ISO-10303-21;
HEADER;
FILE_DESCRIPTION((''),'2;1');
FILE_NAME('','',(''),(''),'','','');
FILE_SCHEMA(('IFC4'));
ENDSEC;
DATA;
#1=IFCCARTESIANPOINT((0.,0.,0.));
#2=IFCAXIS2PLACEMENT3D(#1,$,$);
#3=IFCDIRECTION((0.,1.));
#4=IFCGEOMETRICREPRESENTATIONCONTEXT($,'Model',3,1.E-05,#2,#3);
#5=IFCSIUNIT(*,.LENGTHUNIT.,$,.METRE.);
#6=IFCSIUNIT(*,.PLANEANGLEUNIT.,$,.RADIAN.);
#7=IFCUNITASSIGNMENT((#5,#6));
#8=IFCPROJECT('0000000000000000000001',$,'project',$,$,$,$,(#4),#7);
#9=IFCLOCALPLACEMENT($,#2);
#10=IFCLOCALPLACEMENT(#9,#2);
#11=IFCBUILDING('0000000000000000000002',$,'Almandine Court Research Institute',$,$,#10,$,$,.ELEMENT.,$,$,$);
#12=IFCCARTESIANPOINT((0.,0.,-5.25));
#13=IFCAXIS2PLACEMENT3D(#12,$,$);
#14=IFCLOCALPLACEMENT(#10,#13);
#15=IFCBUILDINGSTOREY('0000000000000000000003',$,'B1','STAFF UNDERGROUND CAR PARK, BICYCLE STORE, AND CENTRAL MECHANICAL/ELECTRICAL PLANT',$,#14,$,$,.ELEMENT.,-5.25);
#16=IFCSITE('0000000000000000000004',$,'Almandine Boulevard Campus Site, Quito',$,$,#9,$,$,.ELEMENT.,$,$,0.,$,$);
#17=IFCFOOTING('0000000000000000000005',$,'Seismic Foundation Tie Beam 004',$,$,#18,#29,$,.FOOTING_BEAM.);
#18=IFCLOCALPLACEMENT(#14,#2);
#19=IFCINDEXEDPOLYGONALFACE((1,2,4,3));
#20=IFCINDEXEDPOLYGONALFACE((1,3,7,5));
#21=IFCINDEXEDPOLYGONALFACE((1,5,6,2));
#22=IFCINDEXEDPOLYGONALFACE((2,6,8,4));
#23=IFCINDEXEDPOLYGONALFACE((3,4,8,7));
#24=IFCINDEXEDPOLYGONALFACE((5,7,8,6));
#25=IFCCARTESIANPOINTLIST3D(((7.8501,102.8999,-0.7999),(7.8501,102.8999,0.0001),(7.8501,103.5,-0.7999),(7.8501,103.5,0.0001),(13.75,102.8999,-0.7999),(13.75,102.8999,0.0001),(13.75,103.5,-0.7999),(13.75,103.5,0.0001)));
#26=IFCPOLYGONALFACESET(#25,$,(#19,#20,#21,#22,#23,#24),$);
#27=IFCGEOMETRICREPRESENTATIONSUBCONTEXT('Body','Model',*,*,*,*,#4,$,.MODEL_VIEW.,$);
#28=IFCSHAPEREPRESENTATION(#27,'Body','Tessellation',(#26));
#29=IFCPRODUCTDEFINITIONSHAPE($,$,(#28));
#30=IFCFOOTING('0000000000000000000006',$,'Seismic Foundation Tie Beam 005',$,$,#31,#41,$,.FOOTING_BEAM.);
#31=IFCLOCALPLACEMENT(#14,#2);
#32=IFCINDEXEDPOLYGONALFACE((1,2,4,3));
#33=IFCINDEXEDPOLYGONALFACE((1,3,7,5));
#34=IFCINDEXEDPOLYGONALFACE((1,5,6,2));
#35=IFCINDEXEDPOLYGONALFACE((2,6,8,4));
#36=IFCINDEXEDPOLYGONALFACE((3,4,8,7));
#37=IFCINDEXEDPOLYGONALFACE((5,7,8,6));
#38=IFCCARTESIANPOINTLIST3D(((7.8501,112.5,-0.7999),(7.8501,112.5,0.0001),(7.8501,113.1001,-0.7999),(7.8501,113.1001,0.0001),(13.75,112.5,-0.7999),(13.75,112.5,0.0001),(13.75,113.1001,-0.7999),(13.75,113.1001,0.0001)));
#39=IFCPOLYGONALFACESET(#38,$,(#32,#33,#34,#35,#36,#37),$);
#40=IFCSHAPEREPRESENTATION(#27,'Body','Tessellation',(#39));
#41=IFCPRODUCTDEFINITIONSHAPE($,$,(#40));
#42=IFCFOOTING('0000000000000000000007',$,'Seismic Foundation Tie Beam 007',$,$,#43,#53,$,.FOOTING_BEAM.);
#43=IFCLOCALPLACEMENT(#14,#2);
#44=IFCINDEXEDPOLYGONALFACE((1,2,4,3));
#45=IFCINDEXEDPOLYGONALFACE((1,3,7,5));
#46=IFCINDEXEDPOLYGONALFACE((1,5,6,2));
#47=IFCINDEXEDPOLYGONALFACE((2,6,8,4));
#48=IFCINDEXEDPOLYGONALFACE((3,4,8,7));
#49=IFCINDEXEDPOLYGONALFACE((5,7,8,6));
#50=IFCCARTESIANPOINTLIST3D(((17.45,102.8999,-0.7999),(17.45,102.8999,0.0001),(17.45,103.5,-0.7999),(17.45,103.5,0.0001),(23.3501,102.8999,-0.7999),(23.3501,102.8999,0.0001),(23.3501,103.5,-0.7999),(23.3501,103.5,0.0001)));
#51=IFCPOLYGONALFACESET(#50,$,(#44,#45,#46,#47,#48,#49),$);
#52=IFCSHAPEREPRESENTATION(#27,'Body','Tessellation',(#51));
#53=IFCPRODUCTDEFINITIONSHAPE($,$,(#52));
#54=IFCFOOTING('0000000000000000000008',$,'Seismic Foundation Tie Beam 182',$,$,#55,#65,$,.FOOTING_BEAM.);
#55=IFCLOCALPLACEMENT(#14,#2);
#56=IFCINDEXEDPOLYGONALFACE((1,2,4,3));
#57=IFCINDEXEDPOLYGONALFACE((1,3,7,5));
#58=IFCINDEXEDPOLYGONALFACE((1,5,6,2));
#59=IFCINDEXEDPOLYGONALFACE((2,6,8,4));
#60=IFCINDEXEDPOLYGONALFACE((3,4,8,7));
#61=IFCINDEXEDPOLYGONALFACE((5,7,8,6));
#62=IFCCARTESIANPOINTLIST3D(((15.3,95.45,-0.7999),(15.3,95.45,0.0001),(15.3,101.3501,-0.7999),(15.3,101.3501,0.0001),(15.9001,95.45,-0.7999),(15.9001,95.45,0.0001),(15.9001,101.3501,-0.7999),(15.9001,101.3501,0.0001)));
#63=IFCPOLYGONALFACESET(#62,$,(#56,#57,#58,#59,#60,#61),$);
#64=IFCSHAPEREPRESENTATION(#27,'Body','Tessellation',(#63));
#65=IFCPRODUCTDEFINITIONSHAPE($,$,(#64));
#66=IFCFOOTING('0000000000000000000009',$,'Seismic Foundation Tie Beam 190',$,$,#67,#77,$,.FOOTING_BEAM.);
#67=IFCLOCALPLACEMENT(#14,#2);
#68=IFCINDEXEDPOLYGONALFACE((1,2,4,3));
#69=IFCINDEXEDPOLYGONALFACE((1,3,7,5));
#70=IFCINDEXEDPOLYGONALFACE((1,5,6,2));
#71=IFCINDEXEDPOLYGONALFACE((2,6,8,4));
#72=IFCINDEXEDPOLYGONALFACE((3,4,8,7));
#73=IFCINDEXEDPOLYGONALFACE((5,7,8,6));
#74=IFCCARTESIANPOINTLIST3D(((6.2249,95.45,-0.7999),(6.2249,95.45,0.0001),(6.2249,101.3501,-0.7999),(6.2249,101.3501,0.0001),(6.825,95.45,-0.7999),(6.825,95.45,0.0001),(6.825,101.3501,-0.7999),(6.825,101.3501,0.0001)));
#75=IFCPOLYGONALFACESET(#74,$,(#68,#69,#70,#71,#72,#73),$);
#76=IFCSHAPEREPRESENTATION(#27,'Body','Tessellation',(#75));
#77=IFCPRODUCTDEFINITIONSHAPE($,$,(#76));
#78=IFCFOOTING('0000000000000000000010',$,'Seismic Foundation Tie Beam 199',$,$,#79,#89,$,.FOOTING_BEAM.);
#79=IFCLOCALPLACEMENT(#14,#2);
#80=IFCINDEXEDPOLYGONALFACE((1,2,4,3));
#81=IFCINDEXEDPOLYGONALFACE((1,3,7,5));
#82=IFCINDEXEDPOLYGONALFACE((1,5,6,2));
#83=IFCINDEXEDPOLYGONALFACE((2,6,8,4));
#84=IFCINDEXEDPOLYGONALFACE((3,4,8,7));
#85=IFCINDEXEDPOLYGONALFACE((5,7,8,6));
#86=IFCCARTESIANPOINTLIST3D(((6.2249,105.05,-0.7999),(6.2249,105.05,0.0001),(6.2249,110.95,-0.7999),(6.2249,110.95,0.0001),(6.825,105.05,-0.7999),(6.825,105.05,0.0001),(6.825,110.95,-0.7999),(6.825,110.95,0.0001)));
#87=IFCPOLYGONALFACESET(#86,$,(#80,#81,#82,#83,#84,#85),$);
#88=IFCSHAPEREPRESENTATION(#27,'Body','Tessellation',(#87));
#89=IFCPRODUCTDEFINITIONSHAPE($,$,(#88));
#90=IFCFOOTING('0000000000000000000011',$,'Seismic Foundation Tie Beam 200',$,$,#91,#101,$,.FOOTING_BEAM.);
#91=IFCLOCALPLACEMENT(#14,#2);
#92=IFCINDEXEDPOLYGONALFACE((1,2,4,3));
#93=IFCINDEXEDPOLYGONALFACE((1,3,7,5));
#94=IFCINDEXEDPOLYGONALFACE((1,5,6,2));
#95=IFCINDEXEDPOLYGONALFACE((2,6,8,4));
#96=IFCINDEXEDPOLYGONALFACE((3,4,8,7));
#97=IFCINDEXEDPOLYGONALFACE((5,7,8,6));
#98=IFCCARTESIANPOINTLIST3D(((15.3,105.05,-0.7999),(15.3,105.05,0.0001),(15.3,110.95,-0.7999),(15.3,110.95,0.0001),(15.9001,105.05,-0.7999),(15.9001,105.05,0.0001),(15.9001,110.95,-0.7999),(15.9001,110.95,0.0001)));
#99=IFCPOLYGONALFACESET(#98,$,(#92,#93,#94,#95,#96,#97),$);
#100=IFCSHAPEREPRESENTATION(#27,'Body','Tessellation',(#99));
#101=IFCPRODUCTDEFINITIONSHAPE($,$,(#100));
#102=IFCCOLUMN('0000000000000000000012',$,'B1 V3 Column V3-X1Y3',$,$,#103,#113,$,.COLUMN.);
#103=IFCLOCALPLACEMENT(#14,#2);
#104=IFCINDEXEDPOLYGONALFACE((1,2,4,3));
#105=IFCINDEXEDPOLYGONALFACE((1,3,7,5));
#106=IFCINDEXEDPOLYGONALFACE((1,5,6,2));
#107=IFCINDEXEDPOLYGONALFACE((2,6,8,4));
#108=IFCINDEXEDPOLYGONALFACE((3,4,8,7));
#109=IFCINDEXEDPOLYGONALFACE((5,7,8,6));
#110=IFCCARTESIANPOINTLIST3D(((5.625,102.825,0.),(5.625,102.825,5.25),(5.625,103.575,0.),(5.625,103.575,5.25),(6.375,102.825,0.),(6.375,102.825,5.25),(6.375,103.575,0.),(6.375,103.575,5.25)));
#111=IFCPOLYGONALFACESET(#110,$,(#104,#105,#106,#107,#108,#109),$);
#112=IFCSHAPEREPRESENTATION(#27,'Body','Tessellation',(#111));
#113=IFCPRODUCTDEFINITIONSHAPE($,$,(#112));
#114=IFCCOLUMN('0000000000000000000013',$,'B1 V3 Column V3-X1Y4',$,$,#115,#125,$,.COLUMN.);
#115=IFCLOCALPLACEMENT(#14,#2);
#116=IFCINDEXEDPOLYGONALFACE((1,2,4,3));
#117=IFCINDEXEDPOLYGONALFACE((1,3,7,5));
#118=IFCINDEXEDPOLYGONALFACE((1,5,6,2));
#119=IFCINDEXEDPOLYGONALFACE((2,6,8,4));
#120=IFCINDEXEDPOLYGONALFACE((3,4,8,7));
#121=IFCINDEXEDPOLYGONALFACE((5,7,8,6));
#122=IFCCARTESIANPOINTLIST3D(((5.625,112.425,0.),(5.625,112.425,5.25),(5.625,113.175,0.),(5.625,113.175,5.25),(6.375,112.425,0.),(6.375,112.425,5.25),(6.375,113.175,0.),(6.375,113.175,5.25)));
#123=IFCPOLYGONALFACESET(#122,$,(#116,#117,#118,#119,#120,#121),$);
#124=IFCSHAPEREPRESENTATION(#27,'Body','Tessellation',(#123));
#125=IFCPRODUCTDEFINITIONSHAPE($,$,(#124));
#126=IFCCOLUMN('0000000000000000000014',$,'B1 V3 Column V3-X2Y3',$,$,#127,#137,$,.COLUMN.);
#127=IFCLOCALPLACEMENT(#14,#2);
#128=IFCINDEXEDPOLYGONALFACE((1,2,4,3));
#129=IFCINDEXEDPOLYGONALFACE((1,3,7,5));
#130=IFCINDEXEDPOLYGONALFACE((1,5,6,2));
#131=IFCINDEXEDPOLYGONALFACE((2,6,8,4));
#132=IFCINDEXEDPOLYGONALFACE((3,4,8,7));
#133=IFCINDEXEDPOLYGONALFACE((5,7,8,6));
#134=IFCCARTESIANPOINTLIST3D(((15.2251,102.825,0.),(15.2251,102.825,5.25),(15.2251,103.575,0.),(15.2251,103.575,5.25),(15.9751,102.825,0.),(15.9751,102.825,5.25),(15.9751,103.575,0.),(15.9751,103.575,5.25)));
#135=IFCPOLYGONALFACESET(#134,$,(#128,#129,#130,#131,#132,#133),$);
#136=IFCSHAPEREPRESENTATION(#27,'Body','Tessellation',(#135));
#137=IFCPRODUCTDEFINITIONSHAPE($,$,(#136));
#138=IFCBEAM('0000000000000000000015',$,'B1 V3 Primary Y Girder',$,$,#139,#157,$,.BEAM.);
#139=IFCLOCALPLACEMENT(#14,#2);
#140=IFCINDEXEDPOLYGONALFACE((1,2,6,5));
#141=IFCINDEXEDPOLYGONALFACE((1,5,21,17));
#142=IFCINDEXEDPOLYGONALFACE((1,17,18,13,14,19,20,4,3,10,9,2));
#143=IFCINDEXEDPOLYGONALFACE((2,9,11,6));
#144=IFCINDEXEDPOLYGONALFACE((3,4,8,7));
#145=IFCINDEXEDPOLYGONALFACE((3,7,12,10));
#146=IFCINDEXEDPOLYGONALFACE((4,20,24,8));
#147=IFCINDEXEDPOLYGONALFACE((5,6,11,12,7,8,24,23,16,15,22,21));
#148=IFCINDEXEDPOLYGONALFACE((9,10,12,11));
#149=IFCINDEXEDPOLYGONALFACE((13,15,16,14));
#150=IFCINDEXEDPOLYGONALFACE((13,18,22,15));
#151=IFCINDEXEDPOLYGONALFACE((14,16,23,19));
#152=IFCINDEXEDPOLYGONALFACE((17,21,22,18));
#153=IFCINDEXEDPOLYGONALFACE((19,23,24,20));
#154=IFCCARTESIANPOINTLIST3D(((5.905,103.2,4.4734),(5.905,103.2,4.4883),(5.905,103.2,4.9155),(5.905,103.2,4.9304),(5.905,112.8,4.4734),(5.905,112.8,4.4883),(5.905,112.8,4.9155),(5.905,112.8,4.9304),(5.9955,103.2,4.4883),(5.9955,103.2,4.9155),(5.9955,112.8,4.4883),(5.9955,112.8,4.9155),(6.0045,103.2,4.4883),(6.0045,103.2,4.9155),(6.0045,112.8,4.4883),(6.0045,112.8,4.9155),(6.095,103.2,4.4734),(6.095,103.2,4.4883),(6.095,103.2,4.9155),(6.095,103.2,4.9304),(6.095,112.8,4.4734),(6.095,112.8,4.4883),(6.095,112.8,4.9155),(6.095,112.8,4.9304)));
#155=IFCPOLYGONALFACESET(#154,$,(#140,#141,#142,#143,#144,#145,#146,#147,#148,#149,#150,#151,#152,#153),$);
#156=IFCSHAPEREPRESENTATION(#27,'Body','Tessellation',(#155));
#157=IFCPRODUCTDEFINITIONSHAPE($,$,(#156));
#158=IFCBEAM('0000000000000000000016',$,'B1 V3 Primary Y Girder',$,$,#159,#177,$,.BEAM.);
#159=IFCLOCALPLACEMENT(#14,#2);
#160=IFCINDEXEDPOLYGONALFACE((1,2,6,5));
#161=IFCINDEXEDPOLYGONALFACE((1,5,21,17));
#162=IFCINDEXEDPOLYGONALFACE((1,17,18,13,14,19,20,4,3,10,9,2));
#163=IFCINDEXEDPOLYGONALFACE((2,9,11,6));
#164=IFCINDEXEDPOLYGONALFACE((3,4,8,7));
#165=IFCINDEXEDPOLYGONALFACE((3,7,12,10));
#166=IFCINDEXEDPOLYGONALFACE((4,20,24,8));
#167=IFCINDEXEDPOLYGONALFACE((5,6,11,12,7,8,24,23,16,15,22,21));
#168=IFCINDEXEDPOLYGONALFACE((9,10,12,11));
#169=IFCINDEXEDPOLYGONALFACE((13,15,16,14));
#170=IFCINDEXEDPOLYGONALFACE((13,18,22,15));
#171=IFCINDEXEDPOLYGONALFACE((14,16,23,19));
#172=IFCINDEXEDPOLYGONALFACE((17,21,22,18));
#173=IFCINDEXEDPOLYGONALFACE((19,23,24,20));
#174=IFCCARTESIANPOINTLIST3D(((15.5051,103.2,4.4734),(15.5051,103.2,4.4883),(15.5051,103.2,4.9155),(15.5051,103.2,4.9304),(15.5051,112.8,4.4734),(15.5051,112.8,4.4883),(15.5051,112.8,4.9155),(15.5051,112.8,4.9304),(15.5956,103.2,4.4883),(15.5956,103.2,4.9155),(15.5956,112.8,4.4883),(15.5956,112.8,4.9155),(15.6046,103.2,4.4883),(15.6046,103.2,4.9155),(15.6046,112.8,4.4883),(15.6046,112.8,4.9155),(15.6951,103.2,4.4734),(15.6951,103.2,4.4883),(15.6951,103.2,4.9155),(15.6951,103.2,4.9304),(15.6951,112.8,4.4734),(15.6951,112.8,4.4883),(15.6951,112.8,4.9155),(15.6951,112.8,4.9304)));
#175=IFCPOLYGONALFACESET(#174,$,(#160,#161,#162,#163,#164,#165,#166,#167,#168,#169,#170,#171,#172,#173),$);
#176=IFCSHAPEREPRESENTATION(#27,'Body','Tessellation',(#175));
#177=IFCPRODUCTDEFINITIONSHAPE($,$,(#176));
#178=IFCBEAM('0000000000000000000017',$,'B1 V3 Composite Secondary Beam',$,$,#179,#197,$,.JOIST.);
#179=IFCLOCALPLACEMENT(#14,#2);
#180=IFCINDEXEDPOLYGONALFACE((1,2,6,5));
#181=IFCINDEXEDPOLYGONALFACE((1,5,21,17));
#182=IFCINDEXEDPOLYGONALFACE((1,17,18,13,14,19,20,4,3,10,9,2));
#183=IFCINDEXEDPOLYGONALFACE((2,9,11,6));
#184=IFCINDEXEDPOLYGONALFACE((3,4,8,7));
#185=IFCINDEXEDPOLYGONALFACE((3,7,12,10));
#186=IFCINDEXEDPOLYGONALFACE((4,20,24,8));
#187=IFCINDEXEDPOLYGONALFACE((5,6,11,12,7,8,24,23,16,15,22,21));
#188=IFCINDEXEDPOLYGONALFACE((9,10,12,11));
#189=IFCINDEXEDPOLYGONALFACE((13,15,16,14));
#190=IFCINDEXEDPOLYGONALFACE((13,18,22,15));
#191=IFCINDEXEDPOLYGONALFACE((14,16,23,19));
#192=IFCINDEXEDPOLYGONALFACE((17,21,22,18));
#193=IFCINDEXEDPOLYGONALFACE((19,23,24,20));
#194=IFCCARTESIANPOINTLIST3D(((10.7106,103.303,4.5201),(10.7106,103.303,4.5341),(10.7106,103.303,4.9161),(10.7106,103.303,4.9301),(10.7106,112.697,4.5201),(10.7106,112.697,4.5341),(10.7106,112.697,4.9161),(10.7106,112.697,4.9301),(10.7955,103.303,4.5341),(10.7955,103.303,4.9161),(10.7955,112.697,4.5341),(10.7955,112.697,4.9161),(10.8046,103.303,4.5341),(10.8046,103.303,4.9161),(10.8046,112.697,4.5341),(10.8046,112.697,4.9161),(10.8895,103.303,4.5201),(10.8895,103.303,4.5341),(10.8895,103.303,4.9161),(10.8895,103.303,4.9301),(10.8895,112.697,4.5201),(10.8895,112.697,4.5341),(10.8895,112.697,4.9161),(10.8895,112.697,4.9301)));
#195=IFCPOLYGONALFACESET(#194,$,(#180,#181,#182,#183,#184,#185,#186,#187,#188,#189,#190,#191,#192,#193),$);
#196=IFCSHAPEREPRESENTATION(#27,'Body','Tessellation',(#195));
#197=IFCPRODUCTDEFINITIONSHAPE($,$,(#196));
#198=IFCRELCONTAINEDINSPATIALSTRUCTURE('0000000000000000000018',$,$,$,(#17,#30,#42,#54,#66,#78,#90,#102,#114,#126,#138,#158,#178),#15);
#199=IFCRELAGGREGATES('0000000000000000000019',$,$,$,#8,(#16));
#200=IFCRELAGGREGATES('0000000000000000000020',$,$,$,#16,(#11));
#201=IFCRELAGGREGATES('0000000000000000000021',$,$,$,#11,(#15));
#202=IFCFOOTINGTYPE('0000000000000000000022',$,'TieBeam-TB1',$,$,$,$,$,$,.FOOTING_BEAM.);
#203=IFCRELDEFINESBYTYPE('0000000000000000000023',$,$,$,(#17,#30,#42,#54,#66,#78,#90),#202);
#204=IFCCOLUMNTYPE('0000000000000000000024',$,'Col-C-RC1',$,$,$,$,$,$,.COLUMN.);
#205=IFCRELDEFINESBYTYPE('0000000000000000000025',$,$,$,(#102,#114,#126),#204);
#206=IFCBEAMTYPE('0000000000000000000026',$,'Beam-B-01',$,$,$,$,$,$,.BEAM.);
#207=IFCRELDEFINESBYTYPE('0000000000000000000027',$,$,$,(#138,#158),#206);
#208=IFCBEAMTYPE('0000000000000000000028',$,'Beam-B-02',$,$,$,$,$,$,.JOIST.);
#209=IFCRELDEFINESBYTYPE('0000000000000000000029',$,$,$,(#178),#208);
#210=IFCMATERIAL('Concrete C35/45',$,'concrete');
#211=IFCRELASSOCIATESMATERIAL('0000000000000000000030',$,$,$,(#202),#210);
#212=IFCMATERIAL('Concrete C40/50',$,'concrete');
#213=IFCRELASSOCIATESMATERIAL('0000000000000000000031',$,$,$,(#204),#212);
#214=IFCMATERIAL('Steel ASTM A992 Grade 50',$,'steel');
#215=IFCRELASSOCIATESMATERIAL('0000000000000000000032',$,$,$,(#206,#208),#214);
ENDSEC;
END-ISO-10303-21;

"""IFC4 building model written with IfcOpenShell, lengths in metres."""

from ifc_helpers import new_model, si_unit, direction, frame, origin, origin_2d, place, context, subcontext, project, spatial, rectangle, i_section, extrude, material, material_profile, profile_set, type_object, element, save


model = new_model("IFC4")

# Units and contexts
model_context = context("Model", 3, precision=1e-05, world=origin(), true_north=direction((0.0, 1.0)))
body_context = subcontext(model_context, "Body", "Model", "MODEL_VIEW")
ifc_project = project(units=[si_unit("LENGTHUNIT", "METRE"), si_unit("PLANEANGLEUNIT", "RADIAN")], contexts=[model_context])

# Site, building, storey
site_placement = place(None, origin())
site = spatial("IfcSite", under=ifc_project, at=site_placement, Name="Almandine Boulevard Campus Site, Quito", CompositionType="ELEMENT", RefElevation=0.0)
building_placement = place(site_placement, origin())
building = spatial("IfcBuilding", under=site, at=building_placement, Name="Almandine Court Research Institute", CompositionType="ELEMENT")
storey_placement = place(building_placement, frame((0.0, 0.0, -5.25)))
storey = spatial("IfcBuildingStorey", under=building, at=storey_placement, Name="B1", Description="STAFF UNDERGROUND CAR PARK, BICYCLE STORE, AND CENTRAL MECHANICAL/ELECTRICAL PLANT", CompositionType="ELEMENT", Elevation=-5.25)

# Shared definitions
ifc_material_1 = material(Name="Concrete C35/45", Category="concrete")

# Footings
ifc_material_profile_1 = material_profile(ifc_material_1, rectangle(XDim=0.6001, YDim=0.8, at=origin_2d()), Name="RC TIE 600x800")
ifc_profile_set_1 = profile_set([ifc_material_profile_1], Name="Concrete C35/45")
footing_type_1 = type_object("IfcFootingType", Name="TieBeam-TB1", PredefinedType="FOOTING_BEAM", material=ifc_profile_set_1)
for number, where, z_axis, x_axis, name in (
    (1, (7.8501, 103.2, -0.3999), (1.0, 0.0, 0.0), (0.0, 1.0, 0.0), "Seismic Foundation Tie Beam 004"),
    (2, (7.8501, 112.8, -0.3999), (1.0, 0.0, 0.0), (0.0, 1.0, 0.0), "Seismic Foundation Tie Beam 005"),
):
    element("IfcFooting", number, at=place(storey_placement, frame(where, z_axis=z_axis, x_axis=x_axis)), inside=storey, type_object=footing_type_1, Name=name, PredefinedType="FOOTING_BEAM", context=body_context, shape_type="SweptSolid", body=[
        extrude(rectangle(XDim=0.6001, YDim=0.8, at=origin_2d()), origin(), (0.0, 0.0, 1.0), 5.8999),
    ])
for number, where, z_axis, x_axis, name in (
    (3, (17.45, 103.2, -0.3999), (1.0, 0.0, 0.0), (0.0, 1.0, 0.0), "Seismic Foundation Tie Beam 007"),
    (4, (15.6001, 95.45, -0.3999), (0.0, 1.0, 0.0), (-1.0, 0.0, 0.0), "Seismic Foundation Tie Beam 182"),
    (5, (6.5249, 95.45, -0.3999), (0.0, 1.0, 0.0), (-1.0, 0.0, 0.0), "Seismic Foundation Tie Beam 190"),
):
    element("IfcFooting", number, at=place(storey_placement, frame(where, z_axis=z_axis, x_axis=x_axis)), inside=storey, type_object=footing_type_1, Name=name, PredefinedType="FOOTING_BEAM", context=body_context, shape_type="SweptSolid", body=[
        extrude(rectangle(XDim=0.6001, YDim=0.8, at=origin_2d()), origin(), (0.0, 0.0, 1.0), 5.9001),
    ])
for number, where, z_axis, x_axis, name in (
    (6, (6.5249, 105.05, -0.3999), (0.0, 1.0, 0.0), (-1.0, 0.0, 0.0), "Seismic Foundation Tie Beam 199"),
    (7, (15.6001, 105.05, -0.3999), (0.0, 1.0, 0.0), (-1.0, 0.0, 0.0), "Seismic Foundation Tie Beam 200"),
):
    element("IfcFooting", number, at=place(storey_placement, frame(where, z_axis=z_axis, x_axis=x_axis)), inside=storey, type_object=footing_type_1, Name=name, PredefinedType="FOOTING_BEAM", context=body_context, shape_type="SweptSolid", body=[
        extrude(rectangle(XDim=0.6001, YDim=0.8, at=origin_2d()), origin(), (0.0, 0.0, 1.0), 5.8999),
    ])

# Columns
ifc_material_2 = material(Name="Concrete C40/50", Category="concrete")
ifc_material_profile_2 = material_profile(ifc_material_2, rectangle(XDim=0.75, YDim=0.75, at=origin_2d()), Name="RC 750x750")
ifc_profile_set_2 = profile_set([ifc_material_profile_2], Name="Concrete C40/50")
column_type = type_object("IfcColumnType", Name="Col-C-RC1", PredefinedType="COLUMN", material=ifc_profile_set_2)
for number, where, z_axis, x_axis, name in (
    (8, (6.0, 103.2, 0.0), (0.0, 0.0, 1.0), (1.0, 0.0, 0.0), "B1 V3 Column V3-X1Y3"),
    (9, (6.0, 112.8, 0.0), (0.0, 0.0, 1.0), (1.0, 0.0, 0.0), "B1 V3 Column V3-X1Y4"),
    (10, (15.6001, 103.2, 0.0), (0.0, 0.0, 1.0), (1.0, 0.0, 0.0), "B1 V3 Column V3-X2Y3"),
):
    element("IfcColumn", number, at=place(storey_placement, frame(where, z_axis=z_axis, x_axis=x_axis)), inside=storey, type_object=column_type, Name=name, PredefinedType="COLUMN", context=body_context, shape_type="SweptSolid", body=[
        extrude(rectangle(XDim=0.75, YDim=0.75, at=origin_2d()), origin(), (0.0, 0.0, 1.0), 5.25),
    ])

# Beams
ifc_material_3 = material(Name="Steel ASTM A992 Grade 50", Category="steel")
ifc_material_profile_3 = material_profile(ifc_material_3, i_section(OverallWidth=0.1899, OverallDepth=0.457, WebThickness=0.009, FlangeThickness=0.0149, at=origin_2d()), Name="W460x74")
ifc_profile_set_3 = profile_set([ifc_material_profile_3], Name="Steel ASTM A992 Grade 50")
beam_type_1 = type_object("IfcBeamType", Name="Beam-B-01", PredefinedType="BEAM", material=ifc_profile_set_3)
for number, where, z_axis, x_axis, name in (
    (11, (6.0, 103.2, 4.7019), (0.0, 1.0, 0.0), (-1.0, 0.0, 0.0), "B1 V3 Primary Y Girder"),
    (12, (15.6001, 103.2, 4.7019), (0.0, 1.0, 0.0), (-1.0, 0.0, 0.0), "B1 V3 Primary Y Girder"),
):
    element("IfcBeam", number, at=place(storey_placement, frame(where, z_axis=z_axis, x_axis=x_axis)), inside=storey, type_object=beam_type_1, Name=name, PredefinedType="BEAM", context=body_context, shape_type="SweptSolid", body=[
        extrude(i_section(OverallWidth=0.1899, OverallDepth=0.457, WebThickness=0.009, FlangeThickness=0.0149, at=origin_2d()), origin(), (0.0, 0.0, 1.0), 9.6001),
    ])
ifc_material_profile_4 = material_profile(ifc_material_3, i_section(OverallWidth=0.179, OverallDepth=0.4099, WebThickness=0.009, FlangeThickness=0.0139, at=origin_2d()), Name="W410x67")
ifc_profile_set_4 = profile_set([ifc_material_profile_4], Name="Steel ASTM A992 Grade 50")
beam_type_2 = type_object("IfcBeamType", Name="Beam-B-02", PredefinedType="JOIST", material=ifc_profile_set_4)
for number, where, z_axis, x_axis, name in (
    (13, (10.8, 103.303, 4.7251), (0.0, 1.0, 0.0), (-1.0, 0.0, 0.0), "B1 V3 Composite Secondary Beam"),
):
    element("IfcBeam", number, at=place(storey_placement, frame(where, z_axis=z_axis, x_axis=x_axis)), inside=storey, type_object=beam_type_2, Name=name, PredefinedType="JOIST", context=body_context, shape_type="SweptSolid", body=[
        extrude(i_section(OverallWidth=0.179, OverallDepth=0.4099, WebThickness=0.009, FlangeThickness=0.0139, at=origin_2d()), origin(), (0.0, 0.0, 1.0), 9.394),
    ])

save(model, "model.ifc")
